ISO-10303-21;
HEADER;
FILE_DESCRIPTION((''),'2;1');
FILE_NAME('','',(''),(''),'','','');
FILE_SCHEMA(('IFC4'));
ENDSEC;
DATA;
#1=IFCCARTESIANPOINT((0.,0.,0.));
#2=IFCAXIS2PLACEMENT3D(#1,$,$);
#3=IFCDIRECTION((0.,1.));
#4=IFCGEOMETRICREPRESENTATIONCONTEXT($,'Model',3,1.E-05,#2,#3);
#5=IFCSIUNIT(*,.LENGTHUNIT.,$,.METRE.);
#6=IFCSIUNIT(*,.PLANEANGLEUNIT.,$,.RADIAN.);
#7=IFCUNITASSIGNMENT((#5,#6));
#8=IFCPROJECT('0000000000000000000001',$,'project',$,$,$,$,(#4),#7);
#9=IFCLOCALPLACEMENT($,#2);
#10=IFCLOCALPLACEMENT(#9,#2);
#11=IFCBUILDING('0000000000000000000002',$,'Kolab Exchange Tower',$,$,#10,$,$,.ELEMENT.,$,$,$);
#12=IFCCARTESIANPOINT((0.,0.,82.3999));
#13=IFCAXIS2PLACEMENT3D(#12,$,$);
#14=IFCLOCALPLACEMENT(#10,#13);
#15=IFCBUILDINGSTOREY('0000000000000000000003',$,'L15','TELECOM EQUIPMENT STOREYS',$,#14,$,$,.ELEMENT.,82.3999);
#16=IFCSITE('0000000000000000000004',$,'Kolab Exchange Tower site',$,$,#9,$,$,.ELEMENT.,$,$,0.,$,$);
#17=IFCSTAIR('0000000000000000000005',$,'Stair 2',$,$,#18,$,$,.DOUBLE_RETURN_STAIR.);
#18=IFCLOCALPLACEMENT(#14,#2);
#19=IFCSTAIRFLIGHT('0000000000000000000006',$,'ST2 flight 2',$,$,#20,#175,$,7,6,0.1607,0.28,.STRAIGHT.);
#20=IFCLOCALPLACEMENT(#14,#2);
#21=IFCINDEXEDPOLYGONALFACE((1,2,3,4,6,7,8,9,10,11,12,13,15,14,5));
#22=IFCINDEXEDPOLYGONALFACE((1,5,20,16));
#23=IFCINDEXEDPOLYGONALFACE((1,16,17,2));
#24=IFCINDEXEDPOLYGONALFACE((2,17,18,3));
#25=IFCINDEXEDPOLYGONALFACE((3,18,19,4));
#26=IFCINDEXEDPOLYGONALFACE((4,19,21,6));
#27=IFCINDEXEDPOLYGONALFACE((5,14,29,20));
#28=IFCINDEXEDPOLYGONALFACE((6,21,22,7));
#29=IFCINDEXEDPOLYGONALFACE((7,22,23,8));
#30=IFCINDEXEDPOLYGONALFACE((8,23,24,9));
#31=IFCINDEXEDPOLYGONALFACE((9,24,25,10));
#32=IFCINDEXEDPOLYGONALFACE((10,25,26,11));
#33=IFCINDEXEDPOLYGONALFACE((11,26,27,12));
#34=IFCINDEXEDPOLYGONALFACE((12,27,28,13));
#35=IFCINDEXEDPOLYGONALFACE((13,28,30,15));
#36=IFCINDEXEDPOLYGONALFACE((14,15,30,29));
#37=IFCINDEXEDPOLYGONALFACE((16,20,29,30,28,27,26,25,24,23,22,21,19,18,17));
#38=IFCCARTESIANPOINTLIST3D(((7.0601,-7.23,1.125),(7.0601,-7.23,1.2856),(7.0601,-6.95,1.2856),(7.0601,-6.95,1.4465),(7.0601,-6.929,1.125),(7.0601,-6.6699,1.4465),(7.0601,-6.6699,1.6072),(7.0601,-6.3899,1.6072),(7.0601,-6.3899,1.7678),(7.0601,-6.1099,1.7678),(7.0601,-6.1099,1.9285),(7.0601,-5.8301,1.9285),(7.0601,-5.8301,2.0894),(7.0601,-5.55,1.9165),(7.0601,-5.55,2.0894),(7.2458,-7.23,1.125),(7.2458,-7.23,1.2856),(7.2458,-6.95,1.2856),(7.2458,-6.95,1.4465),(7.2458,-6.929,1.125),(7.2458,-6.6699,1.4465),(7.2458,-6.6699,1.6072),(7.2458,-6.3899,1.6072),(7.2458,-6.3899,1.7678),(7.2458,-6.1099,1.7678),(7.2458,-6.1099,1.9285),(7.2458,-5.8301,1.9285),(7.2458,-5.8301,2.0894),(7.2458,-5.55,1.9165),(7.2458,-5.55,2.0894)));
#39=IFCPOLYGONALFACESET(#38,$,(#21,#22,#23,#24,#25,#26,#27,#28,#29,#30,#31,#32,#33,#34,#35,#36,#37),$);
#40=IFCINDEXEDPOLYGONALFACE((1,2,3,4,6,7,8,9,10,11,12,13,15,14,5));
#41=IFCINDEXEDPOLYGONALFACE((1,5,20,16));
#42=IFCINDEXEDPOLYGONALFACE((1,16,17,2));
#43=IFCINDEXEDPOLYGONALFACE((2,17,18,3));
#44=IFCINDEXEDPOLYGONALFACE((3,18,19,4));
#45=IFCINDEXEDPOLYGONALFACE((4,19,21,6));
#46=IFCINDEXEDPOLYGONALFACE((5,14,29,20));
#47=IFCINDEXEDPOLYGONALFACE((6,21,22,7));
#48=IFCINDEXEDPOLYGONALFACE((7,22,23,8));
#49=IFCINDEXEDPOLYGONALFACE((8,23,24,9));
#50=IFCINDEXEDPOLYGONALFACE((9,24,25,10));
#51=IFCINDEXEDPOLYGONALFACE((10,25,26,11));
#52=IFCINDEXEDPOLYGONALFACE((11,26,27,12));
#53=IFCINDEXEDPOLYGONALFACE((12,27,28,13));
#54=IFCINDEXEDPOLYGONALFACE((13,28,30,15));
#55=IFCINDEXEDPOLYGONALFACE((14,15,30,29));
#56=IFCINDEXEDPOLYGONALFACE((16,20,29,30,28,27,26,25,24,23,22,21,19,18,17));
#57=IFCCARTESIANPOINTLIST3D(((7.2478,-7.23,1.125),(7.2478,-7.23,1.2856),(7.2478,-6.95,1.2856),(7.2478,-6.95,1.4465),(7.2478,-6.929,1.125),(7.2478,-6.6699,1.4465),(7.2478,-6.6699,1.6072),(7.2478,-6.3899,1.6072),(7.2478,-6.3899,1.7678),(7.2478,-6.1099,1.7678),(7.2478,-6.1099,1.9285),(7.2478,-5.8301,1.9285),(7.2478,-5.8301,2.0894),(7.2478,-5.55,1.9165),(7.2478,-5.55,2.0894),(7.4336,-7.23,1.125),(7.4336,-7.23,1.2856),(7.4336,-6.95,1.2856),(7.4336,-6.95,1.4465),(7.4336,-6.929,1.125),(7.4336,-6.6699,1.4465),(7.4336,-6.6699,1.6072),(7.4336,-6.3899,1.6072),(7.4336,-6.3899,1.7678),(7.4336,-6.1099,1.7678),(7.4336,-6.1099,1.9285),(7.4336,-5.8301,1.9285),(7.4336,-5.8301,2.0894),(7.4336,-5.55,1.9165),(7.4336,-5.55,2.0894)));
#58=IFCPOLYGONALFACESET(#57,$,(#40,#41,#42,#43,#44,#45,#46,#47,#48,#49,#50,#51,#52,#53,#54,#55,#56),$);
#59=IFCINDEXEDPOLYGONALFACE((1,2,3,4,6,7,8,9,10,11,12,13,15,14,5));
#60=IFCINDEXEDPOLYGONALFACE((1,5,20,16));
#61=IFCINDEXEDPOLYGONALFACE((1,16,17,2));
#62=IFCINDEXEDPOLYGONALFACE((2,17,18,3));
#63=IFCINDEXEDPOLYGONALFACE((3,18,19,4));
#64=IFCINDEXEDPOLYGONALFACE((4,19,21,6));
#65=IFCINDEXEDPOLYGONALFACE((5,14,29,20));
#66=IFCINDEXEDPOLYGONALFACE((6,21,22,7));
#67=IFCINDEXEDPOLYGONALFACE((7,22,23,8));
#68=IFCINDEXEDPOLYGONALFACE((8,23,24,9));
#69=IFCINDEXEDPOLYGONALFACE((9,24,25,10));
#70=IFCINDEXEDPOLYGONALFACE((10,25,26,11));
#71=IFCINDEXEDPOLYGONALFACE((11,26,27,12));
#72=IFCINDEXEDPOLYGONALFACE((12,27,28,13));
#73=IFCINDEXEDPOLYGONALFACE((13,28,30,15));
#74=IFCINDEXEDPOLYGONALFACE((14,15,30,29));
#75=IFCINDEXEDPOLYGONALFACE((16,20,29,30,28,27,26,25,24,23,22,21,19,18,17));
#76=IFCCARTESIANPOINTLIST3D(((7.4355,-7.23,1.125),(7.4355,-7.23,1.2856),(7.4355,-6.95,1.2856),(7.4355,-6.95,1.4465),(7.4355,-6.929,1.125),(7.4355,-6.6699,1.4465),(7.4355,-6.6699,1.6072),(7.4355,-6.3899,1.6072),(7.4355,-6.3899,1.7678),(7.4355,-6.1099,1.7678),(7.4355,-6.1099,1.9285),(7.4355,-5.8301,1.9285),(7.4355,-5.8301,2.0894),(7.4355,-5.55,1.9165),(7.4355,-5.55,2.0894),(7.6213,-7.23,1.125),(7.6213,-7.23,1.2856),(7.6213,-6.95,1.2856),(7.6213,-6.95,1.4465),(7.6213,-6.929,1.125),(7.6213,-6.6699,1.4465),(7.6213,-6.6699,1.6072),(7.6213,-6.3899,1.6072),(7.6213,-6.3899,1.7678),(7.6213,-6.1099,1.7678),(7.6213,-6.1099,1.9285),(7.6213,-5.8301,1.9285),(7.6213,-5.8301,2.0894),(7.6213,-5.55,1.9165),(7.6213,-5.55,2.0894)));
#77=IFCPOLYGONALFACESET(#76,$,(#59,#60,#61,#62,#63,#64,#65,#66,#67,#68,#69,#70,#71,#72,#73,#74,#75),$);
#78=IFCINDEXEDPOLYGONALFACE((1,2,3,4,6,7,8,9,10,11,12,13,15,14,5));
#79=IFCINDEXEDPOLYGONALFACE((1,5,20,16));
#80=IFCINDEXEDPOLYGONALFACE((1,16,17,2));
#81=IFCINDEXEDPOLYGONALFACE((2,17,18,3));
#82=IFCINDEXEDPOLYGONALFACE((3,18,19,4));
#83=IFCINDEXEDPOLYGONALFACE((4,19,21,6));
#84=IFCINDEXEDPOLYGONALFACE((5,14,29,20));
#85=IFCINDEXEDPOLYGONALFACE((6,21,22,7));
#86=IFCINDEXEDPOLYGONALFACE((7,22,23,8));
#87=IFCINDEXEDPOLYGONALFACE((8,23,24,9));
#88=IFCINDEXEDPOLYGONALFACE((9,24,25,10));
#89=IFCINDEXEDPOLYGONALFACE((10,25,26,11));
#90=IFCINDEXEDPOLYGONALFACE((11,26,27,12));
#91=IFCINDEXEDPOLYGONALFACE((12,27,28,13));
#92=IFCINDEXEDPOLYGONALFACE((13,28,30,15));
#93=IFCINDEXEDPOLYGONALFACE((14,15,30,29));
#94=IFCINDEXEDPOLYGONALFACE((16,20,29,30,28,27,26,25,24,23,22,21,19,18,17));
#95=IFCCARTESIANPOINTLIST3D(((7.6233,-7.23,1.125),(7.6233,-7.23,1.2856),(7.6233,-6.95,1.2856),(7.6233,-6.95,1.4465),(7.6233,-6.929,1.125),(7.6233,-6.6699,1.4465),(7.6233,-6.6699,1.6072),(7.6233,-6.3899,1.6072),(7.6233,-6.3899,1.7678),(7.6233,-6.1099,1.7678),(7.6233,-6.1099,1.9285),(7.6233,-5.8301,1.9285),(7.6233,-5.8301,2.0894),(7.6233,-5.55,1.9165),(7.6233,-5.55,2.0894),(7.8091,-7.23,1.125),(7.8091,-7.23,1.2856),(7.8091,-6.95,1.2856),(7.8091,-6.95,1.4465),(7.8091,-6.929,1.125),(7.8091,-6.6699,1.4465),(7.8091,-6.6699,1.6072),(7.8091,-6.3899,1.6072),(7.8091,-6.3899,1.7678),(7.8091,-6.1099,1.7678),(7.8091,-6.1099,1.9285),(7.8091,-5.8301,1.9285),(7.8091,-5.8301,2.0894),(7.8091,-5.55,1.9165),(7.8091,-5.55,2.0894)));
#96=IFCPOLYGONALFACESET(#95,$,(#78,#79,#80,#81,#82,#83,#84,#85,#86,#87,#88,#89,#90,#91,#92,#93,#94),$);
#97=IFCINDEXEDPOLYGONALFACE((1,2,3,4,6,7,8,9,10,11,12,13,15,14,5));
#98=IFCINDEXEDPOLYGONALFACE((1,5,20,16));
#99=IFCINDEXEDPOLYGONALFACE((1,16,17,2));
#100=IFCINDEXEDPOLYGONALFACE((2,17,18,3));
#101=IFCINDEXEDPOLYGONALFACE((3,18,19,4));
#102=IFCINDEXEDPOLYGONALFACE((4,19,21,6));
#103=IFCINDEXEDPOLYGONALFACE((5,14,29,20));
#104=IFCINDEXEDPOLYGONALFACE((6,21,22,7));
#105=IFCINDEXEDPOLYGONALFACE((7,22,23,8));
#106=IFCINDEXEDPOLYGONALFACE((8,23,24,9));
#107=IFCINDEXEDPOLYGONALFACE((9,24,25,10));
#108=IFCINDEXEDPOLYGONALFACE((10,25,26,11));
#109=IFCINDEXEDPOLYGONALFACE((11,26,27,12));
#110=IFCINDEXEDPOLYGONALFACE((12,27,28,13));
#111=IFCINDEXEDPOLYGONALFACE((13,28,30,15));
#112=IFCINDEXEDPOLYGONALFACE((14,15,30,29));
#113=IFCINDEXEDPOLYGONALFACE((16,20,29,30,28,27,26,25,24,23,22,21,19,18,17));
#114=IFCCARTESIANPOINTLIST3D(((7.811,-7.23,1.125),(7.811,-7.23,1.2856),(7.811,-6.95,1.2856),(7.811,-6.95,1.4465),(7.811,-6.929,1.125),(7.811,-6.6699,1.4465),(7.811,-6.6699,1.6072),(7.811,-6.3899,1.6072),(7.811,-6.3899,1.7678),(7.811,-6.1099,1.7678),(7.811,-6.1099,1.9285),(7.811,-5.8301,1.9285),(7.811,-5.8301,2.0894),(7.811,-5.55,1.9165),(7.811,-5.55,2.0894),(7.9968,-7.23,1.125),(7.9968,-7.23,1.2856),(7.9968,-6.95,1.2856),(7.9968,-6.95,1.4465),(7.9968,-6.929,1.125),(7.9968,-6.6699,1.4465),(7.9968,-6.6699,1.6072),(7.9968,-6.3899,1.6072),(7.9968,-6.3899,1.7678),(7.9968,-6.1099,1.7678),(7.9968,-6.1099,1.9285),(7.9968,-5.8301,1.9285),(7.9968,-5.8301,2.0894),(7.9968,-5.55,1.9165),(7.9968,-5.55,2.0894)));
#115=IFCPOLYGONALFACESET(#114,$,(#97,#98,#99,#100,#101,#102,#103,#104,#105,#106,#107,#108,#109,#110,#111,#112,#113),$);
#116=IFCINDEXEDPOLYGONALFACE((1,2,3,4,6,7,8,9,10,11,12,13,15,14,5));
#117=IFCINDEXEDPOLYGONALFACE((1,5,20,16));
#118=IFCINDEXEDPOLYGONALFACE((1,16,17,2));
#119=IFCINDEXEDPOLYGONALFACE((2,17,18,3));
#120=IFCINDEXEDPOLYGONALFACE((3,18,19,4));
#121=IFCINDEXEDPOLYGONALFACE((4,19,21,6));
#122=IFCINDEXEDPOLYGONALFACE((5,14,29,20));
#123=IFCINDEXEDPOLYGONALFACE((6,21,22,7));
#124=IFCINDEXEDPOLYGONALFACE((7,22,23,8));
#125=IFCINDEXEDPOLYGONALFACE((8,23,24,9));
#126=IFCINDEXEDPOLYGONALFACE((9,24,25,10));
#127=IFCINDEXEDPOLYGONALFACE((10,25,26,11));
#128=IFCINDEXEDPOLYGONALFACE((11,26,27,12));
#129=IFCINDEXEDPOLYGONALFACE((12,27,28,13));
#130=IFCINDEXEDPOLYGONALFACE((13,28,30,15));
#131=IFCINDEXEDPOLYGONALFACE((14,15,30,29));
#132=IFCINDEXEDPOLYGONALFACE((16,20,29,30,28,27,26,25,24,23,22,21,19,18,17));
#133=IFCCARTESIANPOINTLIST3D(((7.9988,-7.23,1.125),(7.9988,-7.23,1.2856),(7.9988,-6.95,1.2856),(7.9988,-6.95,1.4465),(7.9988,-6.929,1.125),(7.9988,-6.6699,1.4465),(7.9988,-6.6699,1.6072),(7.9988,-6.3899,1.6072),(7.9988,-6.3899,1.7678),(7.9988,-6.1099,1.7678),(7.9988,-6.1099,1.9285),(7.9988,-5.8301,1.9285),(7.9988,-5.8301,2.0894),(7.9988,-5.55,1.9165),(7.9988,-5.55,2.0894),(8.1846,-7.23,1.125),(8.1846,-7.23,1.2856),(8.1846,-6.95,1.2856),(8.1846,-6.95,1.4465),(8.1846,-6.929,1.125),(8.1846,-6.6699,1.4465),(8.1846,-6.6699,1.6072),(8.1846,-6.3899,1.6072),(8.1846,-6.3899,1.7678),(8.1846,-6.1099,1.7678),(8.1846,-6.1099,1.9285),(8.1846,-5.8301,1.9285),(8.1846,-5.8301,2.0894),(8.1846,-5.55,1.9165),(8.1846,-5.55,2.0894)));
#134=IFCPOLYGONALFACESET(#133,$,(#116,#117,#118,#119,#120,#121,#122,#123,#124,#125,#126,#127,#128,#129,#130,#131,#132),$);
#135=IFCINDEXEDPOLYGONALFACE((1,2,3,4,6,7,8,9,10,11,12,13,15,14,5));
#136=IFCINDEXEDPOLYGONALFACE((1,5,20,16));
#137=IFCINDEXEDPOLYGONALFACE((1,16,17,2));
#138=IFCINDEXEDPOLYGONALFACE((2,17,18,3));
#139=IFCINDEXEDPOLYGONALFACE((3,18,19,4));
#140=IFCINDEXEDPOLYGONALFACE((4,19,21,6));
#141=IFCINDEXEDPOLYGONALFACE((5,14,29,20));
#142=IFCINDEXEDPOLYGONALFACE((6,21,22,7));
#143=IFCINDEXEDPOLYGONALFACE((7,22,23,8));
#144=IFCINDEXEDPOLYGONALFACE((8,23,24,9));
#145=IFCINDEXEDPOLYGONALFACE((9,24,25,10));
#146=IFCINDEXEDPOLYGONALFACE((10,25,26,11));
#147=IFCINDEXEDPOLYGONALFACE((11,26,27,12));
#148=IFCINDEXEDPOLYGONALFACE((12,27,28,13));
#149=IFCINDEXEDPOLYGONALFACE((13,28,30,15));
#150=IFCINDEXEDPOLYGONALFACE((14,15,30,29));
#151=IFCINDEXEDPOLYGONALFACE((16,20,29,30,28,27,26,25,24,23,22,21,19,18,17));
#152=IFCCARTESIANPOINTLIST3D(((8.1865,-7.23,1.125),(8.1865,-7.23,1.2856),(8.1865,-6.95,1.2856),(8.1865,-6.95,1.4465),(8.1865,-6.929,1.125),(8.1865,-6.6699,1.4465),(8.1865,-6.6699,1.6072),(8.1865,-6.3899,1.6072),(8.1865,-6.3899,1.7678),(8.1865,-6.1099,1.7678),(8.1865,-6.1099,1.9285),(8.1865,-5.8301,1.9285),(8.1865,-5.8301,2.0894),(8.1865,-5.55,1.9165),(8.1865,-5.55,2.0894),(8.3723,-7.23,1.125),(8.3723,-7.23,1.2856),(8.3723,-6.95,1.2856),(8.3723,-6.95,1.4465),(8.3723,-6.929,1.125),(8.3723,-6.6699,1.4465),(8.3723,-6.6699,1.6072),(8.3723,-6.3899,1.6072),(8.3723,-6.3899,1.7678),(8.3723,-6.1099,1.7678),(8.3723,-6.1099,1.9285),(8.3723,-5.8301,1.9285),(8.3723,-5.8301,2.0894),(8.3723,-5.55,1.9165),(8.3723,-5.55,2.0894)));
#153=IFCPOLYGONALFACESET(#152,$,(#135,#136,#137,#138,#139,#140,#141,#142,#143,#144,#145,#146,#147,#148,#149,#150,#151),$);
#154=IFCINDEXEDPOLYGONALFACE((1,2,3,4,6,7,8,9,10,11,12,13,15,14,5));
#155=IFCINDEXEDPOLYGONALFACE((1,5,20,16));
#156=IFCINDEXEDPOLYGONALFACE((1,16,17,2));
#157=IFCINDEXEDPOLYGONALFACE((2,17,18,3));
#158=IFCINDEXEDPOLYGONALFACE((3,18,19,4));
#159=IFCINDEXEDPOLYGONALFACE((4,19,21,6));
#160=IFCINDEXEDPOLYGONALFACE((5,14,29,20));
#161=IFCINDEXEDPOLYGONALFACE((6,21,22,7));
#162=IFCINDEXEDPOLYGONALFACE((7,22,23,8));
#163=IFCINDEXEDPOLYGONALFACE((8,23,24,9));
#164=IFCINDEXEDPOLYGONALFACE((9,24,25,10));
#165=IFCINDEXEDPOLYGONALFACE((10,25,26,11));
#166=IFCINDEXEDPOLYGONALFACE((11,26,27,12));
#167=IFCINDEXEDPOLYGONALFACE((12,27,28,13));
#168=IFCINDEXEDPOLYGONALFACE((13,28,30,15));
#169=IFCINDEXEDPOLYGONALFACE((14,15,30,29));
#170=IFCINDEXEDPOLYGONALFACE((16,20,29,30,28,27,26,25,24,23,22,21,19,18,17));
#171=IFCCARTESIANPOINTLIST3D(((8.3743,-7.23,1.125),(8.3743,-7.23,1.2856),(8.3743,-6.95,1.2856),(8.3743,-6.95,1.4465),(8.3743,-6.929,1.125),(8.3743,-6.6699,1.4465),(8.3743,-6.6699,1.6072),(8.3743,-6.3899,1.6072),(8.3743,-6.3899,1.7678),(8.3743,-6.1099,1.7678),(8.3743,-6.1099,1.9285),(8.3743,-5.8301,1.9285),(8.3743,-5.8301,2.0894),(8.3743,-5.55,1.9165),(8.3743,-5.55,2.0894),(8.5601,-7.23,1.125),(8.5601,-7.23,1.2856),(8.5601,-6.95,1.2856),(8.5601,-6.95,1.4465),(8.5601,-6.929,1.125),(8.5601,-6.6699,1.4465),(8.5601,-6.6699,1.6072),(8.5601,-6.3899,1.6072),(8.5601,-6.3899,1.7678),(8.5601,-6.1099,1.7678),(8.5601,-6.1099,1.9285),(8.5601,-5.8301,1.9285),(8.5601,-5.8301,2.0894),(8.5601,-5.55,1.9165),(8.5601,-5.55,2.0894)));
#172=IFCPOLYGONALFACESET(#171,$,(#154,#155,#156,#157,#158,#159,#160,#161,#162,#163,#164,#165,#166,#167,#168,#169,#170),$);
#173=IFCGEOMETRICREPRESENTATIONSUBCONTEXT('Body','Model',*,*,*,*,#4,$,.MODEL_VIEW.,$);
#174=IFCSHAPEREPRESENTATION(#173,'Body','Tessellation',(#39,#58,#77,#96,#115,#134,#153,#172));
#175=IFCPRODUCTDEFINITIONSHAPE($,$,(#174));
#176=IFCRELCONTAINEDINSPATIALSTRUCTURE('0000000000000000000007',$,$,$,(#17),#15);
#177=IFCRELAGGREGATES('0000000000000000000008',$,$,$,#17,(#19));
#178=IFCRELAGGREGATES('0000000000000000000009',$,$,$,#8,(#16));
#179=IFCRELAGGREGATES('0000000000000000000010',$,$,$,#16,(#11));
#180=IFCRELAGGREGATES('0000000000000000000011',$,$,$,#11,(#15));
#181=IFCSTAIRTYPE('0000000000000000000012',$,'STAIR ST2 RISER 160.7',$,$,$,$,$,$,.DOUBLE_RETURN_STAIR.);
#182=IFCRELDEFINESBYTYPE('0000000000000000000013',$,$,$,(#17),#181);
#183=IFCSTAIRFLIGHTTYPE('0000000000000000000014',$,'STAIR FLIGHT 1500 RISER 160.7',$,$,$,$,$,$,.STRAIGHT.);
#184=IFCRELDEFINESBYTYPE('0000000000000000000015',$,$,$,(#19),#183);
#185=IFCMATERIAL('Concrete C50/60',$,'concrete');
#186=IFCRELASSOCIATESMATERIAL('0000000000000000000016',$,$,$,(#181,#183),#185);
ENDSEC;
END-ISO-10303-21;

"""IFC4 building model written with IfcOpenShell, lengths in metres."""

from ifc_helpers import new_model, si_unit, direction, frame, origin, place, context, subcontext, project, spatial, polyline, outline, extrude, material, type_object, element, aggregate, save


model = new_model("IFC4")

# Units and contexts
model_context = context("Model", 3, precision=1e-05, world=origin(), true_north=direction((0.0, 1.0)))
body_context = subcontext(model_context, "Body", "Model", "MODEL_VIEW")
ifc_project = project(units=[si_unit("LENGTHUNIT", "METRE"), si_unit("PLANEANGLEUNIT", "RADIAN")], contexts=[model_context])

# Site, building, storey
site_placement = place(None, origin())
site = spatial("IfcSite", under=ifc_project, at=site_placement, Name="Kolab Exchange Tower site", CompositionType="ELEMENT", RefElevation=0.0)
building_placement = place(site_placement, origin())
building = spatial("IfcBuilding", under=site, at=building_placement, Name="Kolab Exchange Tower", CompositionType="ELEMENT")
storey_placement = place(building_placement, frame((0.0, 0.0, 82.3999)))
storey = spatial("IfcBuildingStorey", under=building, at=storey_placement, Name="L15", Description="TELECOM EQUIPMENT STOREYS", CompositionType="ELEMENT", Elevation=82.3999)

# Shared definitions
ifc_material_1 = material(Name="Concrete C50/60", Category="concrete")

# Stair, stair flight
stair_type = type_object("IfcStairType", Name="STAIR ST2 RISER 160.7", PredefinedType="DOUBLE_RETURN_STAIR", material=ifc_material_1)
stair_placement = place(storey_placement, origin())
stair = element("IfcStair", 1, at=stair_placement, inside=storey, type_object=stair_type, Name="Stair 2", PredefinedType="DOUBLE_RETURN_STAIR")
stair_flight_type = type_object("IfcStairFlightType", Name="STAIR FLIGHT 1500 RISER 160.7", PredefinedType="STRAIGHT", material=ifc_material_1)
stair_flight_1_placement = place(storey_placement, frame((7.8101, -7.23, 1.125), z_axis=(0.0, 0.0, 1.0), x_axis=(0.0, 1.0, 0.0)))
stair_flight_1 = element("IfcStairFlight", 2, at=stair_flight_1_placement, type_object=stair_flight_type, Name="ST2 flight 2", NumberOfRisers=7, NumberOfTreads=6, PredefinedType="STRAIGHT", RiserHeight=0.1607, TreadLength=0.28, context=body_context, shape_type="SweptSolid", body=[
    extrude(outline(polyline([(0.0, 0.0), (0.0, 0.1606), (0.28, 0.1606), (0.28, 0.3215), (0.5601, 0.3215), (0.5601, 0.4822), (0.8401, 0.4822), (0.8401, 0.6428), (1.1201, 0.6428), (1.1201, 0.8035), (1.3999, 0.8035), (1.3999, 0.9644), (1.6799, 0.9644), (1.6799, 1.125), (1.6799, 0.7915), (0.301, 0.0), (0.0, 0.0)])), frame((0.0, 0.75, 0.0), z_axis=(0.0, -1.0, 0.0), x_axis=(1.0, 0.0, 0.0)), (0.0, 0.0, 1.0), 0.1858),
    extrude(outline(polyline([(0.0, 0.0), (0.0, 0.1606), (0.28, 0.1606), (0.28, 0.3215), (0.5601, 0.3215), (0.5601, 0.4822), (0.8401, 0.4822), (0.8401, 0.6428), (1.1201, 0.6428), (1.1201, 0.8035), (1.3999, 0.8035), (1.3999, 0.9644), (1.6799, 0.9644), (1.6799, 1.125), (1.6799, 0.7915), (0.301, 0.0), (0.0, 0.0)])), frame((0.0, 0.5623, 0.0), z_axis=(0.0, -1.0, 0.0), x_axis=(1.0, 0.0, 0.0)), (0.0, 0.0, 1.0), 0.1858),
    extrude(outline(polyline([(0.0, 0.0), (0.0, 0.1606), (0.28, 0.1606), (0.28, 0.3215), (0.5601, 0.3215), (0.5601, 0.4822), (0.8401, 0.4822), (0.8401, 0.6428), (1.1201, 0.6428), (1.1201, 0.8035), (1.3999, 0.8035), (1.3999, 0.9644), (1.6799, 0.9644), (1.6799, 1.125), (1.6799, 0.7915), (0.301, 0.0), (0.0, 0.0)])), frame((0.0, 0.3745, 0.0), z_axis=(0.0, -1.0, 0.0), x_axis=(1.0, 0.0, 0.0)), (0.0, 0.0, 1.0), 0.1858),
    extrude(outline(polyline([(0.0, 0.0), (0.0, 0.1606), (0.28, 0.1606), (0.28, 0.3215), (0.5601, 0.3215), (0.5601, 0.4822), (0.8401, 0.4822), (0.8401, 0.6428), (1.1201, 0.6428), (1.1201, 0.8035), (1.3999, 0.8035), (1.3999, 0.9644), (1.6799, 0.9644), (1.6799, 1.125), (1.6799, 0.7915), (0.301, 0.0), (0.0, 0.0)])), frame((0.0, 0.1868, 0.0), z_axis=(0.0, -1.0, 0.0), x_axis=(1.0, 0.0, 0.0)), (0.0, 0.0, 1.0), 0.1858),
    extrude(outline(polyline([(0.0, 0.0), (0.0, 0.1606), (0.28, 0.1606), (0.28, 0.3215), (0.5601, 0.3215), (0.5601, 0.4822), (0.8401, 0.4822), (0.8401, 0.6428), (1.1201, 0.6428), (1.1201, 0.8035), (1.3999, 0.8035), (1.3999, 0.9644), (1.6799, 0.9644), (1.6799, 1.125), (1.6799, 0.7915), (0.301, 0.0), (0.0, 0.0)])), frame((0.0, -0.001, 0.0), z_axis=(0.0, -1.0, 0.0), x_axis=(1.0, 0.0, 0.0)), (0.0, 0.0, 1.0), 0.1858),
    extrude(outline(polyline([(0.0, 0.0), (0.0, 0.1606), (0.28, 0.1606), (0.28, 0.3215), (0.5601, 0.3215), (0.5601, 0.4822), (0.8401, 0.4822), (0.8401, 0.6428), (1.1201, 0.6428), (1.1201, 0.8035), (1.3999, 0.8035), (1.3999, 0.9644), (1.6799, 0.9644), (1.6799, 1.125), (1.6799, 0.7915), (0.301, 0.0), (0.0, 0.0)])), frame((0.0, -0.1887, 0.0), z_axis=(0.0, -1.0, 0.0), x_axis=(1.0, 0.0, 0.0)), (0.0, 0.0, 1.0), 0.1858),
    extrude(outline(polyline([(0.0, 0.0), (0.0, 0.1606), (0.28, 0.1606), (0.28, 0.3215), (0.5601, 0.3215), (0.5601, 0.4822), (0.8401, 0.4822), (0.8401, 0.6428), (1.1201, 0.6428), (1.1201, 0.8035), (1.3999, 0.8035), (1.3999, 0.9644), (1.6799, 0.9644), (1.6799, 1.125), (1.6799, 0.7915), (0.301, 0.0), (0.0, 0.0)])), frame((0.0, -0.3765, 0.0), z_axis=(0.0, -1.0, 0.0), x_axis=(1.0, 0.0, 0.0)), (0.0, 0.0, 1.0), 0.1858),
    extrude(outline(polyline([(0.0, 0.0), (0.0, 0.1606), (0.28, 0.1606), (0.28, 0.3215), (0.5601, 0.3215), (0.5601, 0.4822), (0.8401, 0.4822), (0.8401, 0.6428), (1.1201, 0.6428), (1.1201, 0.8035), (1.3999, 0.8035), (1.3999, 0.9644), (1.6799, 0.9644), (1.6799, 1.125), (1.6799, 0.7915), (0.301, 0.0), (0.0, 0.0)])), frame((0.0, -0.5642, 0.0), z_axis=(0.0, -1.0, 0.0), x_axis=(1.0, 0.0, 0.0)), (0.0, 0.0, 1.0), 0.1858),
])
aggregate(stair, [stair_flight_1])

save(model, "model.ifc")
